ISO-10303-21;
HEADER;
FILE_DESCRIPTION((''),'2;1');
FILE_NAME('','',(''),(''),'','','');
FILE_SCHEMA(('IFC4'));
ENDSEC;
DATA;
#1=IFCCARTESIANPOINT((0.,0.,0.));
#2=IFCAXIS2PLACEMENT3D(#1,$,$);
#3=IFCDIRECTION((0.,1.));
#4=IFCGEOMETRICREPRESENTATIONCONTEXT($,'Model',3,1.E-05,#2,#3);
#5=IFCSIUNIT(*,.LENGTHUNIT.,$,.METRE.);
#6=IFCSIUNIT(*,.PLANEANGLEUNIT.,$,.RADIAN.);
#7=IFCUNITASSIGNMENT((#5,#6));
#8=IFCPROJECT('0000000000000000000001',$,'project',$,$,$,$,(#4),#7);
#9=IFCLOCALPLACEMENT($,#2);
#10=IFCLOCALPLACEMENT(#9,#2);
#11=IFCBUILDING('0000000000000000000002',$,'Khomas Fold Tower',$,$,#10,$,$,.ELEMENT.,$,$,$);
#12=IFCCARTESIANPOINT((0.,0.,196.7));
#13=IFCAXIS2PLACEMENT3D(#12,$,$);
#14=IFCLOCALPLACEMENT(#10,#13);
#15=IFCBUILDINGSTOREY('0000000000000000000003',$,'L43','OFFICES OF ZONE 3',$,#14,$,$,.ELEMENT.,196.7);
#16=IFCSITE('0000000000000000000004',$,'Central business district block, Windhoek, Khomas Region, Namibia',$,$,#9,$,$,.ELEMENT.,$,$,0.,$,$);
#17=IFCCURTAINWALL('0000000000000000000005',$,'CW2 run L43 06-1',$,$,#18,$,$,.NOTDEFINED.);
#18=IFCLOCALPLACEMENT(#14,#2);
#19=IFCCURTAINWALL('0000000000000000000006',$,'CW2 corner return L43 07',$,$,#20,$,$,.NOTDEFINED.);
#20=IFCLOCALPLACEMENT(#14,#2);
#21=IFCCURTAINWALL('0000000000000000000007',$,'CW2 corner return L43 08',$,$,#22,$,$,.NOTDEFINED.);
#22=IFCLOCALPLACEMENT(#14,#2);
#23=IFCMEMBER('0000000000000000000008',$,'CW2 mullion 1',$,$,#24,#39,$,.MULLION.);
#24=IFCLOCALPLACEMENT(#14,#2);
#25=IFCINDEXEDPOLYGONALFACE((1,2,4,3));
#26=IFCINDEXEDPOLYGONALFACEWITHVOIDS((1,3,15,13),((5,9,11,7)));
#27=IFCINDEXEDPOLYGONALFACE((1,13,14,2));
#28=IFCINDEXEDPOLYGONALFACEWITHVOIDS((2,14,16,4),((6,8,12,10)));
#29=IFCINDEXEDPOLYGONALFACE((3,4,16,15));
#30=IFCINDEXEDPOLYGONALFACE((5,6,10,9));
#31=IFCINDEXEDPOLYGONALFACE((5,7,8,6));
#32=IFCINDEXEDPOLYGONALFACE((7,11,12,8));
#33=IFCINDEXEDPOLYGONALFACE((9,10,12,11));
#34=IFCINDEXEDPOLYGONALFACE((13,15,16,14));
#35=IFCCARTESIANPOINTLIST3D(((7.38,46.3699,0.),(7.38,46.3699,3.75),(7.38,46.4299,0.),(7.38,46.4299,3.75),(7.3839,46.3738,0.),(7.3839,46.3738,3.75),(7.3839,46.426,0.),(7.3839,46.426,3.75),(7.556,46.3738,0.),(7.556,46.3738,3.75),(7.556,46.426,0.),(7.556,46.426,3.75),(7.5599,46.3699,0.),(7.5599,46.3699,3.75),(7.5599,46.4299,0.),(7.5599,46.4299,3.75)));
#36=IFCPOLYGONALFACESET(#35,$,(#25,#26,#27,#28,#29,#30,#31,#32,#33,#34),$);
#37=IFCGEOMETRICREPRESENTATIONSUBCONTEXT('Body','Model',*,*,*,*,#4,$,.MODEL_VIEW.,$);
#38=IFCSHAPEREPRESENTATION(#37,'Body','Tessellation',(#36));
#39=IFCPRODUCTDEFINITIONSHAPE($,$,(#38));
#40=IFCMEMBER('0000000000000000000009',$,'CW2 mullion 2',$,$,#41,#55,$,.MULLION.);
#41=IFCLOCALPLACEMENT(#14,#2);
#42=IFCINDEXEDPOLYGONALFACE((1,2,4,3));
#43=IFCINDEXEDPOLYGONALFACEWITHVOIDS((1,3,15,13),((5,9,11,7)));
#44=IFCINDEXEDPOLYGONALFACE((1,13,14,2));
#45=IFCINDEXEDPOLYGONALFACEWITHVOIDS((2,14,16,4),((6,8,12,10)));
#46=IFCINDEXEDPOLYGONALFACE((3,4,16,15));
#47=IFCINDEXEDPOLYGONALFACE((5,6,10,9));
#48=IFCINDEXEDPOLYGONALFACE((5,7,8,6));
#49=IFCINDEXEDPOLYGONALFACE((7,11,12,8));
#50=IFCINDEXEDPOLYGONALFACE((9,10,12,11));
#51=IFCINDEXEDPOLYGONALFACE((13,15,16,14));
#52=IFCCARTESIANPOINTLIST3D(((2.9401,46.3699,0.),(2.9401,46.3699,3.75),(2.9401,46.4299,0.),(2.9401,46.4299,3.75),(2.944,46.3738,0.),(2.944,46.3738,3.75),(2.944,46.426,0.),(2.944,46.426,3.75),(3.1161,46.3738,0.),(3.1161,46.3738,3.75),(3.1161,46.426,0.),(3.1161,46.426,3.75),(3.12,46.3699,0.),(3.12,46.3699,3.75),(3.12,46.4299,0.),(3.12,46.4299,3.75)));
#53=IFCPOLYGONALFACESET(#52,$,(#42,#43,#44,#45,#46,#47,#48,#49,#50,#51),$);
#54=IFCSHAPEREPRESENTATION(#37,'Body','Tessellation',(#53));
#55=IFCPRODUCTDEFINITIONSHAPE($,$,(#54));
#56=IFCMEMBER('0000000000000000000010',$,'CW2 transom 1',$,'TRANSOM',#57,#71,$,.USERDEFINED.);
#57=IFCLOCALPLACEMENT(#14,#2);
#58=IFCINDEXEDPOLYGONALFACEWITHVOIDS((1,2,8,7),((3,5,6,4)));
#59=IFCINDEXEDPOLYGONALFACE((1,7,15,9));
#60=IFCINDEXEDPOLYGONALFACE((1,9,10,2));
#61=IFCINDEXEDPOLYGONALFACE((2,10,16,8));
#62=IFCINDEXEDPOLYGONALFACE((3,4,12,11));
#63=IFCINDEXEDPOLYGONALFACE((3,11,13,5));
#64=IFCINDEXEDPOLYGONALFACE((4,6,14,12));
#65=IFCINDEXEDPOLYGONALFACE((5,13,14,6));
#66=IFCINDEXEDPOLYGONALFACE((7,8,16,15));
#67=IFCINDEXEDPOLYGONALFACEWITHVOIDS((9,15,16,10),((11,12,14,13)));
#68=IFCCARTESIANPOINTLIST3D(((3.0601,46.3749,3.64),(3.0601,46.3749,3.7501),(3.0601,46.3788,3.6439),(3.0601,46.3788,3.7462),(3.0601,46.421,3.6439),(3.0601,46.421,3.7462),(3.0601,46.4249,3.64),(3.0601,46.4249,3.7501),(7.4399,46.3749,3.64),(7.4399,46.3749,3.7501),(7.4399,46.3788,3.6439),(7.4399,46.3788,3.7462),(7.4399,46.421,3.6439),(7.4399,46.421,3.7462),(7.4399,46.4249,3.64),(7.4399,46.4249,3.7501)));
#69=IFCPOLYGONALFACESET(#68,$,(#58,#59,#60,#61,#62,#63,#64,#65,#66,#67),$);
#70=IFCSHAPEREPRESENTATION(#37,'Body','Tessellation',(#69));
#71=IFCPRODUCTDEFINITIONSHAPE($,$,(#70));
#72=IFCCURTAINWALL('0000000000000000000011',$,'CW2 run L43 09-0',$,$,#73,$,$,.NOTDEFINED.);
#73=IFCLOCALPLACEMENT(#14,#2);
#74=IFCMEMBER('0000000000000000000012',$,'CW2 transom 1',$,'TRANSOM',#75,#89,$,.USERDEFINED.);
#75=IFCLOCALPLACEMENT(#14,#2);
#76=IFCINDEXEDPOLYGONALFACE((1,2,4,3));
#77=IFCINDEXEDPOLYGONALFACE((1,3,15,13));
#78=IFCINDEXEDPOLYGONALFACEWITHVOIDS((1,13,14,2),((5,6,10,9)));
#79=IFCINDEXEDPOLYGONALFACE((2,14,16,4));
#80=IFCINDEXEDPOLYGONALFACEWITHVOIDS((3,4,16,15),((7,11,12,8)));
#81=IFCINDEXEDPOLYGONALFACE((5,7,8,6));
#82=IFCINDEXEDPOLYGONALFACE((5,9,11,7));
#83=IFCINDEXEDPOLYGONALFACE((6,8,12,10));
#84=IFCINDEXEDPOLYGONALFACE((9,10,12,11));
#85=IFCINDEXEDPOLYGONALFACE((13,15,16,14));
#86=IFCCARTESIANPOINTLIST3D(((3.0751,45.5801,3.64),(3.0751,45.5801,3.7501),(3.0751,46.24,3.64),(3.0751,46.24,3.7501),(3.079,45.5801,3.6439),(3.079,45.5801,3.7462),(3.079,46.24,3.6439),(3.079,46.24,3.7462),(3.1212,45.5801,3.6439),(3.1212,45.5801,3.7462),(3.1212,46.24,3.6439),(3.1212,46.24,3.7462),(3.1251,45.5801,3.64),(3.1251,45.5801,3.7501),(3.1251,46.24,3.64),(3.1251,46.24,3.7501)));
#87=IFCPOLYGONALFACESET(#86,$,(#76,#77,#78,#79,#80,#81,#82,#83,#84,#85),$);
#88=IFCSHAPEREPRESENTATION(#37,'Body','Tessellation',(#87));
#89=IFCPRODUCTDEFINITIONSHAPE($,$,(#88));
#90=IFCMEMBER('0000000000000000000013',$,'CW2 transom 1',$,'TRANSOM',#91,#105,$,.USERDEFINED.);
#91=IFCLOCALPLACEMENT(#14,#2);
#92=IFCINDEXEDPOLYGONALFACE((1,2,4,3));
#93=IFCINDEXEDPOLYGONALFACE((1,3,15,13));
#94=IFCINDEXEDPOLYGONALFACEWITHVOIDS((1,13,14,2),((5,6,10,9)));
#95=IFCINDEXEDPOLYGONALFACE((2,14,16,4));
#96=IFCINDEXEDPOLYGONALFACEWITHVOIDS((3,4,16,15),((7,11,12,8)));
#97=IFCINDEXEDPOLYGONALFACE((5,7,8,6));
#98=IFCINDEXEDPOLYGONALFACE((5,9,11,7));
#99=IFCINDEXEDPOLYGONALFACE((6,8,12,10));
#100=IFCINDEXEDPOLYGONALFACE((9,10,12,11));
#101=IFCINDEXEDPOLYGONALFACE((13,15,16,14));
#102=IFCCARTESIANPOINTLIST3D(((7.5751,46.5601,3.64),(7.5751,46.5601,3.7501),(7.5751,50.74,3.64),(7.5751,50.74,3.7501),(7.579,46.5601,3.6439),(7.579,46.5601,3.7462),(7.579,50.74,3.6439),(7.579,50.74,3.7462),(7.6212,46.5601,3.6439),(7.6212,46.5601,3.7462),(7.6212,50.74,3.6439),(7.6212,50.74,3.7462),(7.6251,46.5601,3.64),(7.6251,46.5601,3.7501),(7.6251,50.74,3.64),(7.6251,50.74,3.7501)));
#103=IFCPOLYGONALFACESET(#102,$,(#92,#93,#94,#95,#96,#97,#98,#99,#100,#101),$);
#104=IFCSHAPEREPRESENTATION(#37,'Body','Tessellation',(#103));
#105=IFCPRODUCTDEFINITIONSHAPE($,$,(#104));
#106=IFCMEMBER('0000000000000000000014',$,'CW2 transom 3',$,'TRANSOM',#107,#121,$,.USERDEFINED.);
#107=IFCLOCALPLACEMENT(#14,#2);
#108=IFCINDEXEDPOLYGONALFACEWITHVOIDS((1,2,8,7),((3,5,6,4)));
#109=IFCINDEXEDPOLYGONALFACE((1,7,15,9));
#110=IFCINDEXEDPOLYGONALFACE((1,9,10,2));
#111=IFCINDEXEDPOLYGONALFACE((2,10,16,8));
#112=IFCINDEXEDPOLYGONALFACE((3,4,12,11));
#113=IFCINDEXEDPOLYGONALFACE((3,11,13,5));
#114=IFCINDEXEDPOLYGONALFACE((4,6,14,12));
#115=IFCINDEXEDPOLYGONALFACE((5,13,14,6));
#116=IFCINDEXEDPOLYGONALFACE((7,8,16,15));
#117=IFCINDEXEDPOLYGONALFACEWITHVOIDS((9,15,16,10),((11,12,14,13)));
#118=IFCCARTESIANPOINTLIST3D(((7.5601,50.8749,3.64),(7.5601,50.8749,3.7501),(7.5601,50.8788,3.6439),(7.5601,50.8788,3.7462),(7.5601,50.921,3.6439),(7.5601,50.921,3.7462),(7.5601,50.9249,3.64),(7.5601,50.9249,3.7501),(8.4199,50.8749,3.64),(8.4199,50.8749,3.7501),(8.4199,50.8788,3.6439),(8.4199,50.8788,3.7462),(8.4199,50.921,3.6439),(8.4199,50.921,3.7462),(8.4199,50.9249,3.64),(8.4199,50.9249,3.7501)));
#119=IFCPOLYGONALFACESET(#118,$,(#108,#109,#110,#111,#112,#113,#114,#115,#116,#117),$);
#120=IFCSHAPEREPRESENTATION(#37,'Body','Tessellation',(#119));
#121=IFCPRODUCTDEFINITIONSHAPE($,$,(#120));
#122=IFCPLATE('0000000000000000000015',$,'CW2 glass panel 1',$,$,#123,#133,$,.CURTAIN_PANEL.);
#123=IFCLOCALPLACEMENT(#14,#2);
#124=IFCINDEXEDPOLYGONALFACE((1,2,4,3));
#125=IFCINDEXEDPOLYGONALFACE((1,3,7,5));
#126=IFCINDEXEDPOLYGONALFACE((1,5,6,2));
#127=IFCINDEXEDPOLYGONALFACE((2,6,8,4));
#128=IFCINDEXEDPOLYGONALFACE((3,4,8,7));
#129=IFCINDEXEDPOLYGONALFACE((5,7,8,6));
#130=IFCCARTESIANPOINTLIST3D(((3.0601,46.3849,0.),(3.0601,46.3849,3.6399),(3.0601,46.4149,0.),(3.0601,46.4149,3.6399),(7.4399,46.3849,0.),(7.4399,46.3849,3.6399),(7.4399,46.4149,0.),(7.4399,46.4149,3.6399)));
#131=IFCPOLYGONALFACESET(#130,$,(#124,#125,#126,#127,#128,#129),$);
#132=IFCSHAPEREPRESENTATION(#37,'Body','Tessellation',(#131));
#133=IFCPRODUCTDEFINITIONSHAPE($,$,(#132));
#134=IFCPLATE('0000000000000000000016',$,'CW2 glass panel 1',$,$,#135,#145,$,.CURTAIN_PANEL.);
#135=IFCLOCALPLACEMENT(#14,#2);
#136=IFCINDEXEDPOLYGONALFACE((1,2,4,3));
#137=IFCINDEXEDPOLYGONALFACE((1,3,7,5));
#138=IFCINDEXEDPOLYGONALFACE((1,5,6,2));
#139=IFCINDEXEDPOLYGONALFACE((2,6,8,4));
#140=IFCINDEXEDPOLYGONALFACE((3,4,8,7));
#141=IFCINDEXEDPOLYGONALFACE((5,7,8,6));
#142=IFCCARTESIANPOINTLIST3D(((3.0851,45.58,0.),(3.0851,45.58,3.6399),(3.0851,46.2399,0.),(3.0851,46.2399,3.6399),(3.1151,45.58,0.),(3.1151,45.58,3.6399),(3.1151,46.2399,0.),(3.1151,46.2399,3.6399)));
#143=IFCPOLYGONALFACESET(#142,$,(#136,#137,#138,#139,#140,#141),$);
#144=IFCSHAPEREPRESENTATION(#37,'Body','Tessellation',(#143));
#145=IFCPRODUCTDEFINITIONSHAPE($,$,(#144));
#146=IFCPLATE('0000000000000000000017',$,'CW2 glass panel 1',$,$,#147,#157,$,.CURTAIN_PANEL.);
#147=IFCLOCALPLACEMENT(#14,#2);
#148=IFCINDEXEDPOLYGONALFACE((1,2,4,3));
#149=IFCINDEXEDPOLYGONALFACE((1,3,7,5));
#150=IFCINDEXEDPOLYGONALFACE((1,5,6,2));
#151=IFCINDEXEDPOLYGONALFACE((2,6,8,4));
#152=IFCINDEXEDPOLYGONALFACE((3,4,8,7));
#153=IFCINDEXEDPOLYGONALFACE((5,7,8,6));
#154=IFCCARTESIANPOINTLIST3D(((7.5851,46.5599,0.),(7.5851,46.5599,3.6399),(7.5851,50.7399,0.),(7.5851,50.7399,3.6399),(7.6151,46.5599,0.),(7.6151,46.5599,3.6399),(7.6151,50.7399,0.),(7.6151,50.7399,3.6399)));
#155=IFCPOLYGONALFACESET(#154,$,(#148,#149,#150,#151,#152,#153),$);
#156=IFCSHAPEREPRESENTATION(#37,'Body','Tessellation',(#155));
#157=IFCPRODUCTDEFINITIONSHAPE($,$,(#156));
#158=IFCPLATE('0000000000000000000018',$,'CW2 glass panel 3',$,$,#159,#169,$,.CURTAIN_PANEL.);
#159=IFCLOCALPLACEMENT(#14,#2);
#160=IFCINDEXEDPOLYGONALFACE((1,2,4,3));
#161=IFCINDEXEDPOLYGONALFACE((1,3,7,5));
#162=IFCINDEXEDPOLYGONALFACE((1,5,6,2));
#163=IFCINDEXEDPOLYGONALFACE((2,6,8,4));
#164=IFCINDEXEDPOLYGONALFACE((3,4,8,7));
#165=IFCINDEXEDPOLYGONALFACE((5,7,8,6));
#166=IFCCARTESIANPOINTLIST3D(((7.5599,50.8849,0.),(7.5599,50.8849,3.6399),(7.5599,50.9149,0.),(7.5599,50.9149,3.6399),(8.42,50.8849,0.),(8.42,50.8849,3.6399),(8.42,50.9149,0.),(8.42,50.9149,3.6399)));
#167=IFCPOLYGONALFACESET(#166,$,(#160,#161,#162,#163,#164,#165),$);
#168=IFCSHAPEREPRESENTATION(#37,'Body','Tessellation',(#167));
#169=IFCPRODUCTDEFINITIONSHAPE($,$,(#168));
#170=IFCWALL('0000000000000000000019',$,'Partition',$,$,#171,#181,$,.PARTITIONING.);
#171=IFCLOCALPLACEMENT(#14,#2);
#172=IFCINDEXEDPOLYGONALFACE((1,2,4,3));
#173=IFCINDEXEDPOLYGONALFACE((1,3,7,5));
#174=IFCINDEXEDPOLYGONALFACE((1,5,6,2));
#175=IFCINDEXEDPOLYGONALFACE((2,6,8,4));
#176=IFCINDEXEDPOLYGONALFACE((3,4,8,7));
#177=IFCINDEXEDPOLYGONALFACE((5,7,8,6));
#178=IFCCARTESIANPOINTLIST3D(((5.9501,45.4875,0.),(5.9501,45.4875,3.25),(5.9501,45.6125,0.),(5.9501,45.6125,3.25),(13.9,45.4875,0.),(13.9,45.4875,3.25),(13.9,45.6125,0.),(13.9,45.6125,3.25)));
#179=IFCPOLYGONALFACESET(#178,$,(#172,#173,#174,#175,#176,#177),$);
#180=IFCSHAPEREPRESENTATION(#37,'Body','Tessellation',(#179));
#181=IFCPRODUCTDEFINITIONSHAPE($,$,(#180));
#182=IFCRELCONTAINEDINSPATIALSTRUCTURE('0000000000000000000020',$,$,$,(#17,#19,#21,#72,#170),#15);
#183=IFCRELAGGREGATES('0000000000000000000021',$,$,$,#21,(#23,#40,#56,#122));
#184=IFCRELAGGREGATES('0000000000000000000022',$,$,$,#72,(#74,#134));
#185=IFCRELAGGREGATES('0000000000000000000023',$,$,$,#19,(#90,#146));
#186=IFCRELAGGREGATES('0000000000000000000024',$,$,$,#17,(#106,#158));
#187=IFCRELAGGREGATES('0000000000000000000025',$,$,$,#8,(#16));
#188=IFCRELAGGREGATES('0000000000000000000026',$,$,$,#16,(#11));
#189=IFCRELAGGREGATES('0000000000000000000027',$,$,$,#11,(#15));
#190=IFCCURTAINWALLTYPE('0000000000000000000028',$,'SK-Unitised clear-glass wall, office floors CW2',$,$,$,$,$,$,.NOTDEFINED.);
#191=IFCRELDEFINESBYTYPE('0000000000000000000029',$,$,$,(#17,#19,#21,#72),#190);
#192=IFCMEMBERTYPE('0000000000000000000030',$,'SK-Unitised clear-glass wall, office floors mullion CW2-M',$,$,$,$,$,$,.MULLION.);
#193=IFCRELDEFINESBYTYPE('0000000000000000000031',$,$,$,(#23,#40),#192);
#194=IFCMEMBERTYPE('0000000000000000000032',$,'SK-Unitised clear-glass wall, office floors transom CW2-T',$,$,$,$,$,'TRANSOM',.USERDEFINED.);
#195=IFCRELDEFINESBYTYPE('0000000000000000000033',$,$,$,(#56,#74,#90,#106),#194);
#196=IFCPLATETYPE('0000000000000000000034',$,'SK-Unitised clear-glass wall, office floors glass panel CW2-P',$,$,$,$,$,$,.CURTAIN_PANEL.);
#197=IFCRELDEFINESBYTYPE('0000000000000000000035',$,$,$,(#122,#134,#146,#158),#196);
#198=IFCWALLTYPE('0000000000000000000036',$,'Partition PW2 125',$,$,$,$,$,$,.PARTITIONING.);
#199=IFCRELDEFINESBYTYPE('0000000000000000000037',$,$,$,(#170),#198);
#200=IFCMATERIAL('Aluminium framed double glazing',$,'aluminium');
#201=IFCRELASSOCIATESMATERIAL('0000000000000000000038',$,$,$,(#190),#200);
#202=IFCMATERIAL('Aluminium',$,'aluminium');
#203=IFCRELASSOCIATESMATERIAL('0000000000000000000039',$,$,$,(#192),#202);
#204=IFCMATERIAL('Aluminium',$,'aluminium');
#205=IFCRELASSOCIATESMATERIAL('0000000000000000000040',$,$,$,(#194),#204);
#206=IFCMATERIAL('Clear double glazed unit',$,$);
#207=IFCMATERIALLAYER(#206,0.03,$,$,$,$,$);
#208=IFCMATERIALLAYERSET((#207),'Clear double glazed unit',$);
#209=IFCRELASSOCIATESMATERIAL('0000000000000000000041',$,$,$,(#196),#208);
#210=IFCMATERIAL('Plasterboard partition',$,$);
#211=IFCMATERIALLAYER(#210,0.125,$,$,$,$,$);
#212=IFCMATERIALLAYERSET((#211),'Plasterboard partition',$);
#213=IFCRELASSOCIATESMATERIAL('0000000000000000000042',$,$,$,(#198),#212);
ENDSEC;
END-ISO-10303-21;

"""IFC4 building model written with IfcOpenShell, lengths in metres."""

from ifc_helpers import new_model, si_unit, direction, frame, frame_2d, origin, origin_2d, place, context, subcontext, project, spatial, rectangle, hollow_rectangle, extrude, source, transform, mapped, material, layer, layer_set, material_profile, profile_set, type_object, element, aggregate, save


model = new_model("IFC4")

# Units and contexts
model_context = context("Model", 3, precision=1e-05, world=origin(), true_north=direction((0.0, 1.0)))
body_context = subcontext(model_context, "Body", "Model", "MODEL_VIEW")
ifc_project = project(units=[si_unit("LENGTHUNIT", "METRE"), si_unit("PLANEANGLEUNIT", "RADIAN")], contexts=[model_context])

# Site, building, storey
site_placement = place(None, origin())
site = spatial("IfcSite", under=ifc_project, at=site_placement, Name="Central business district block, Windhoek, Khomas Region, Namibia", CompositionType="ELEMENT", RefElevation=0.0)
building_placement = place(site_placement, origin())
building = spatial("IfcBuilding", under=site, at=building_placement, Name="Khomas Fold Tower", CompositionType="ELEMENT")
storey_placement = place(building_placement, frame((0.0, 0.0, 196.7)))
storey = spatial("IfcBuildingStorey", under=building, at=storey_placement, Name="L43", Description="OFFICES OF ZONE 3", CompositionType="ELEMENT", Elevation=196.7)

# Curtain walls, members
ifc_material_1 = material(Name="Aluminium framed double glazing", Category="aluminium")
curtain_wall_type = type_object("IfcCurtainWallType", Name="SK-Unitised clear-glass wall, office floors CW2", PredefinedType="NOTDEFINED", material=ifc_material_1)
curtain_wall_1_placement = place(storey_placement, origin())
curtain_wall_1 = element("IfcCurtainWall", 1, at=curtain_wall_1_placement, inside=storey, type_object=curtain_wall_type, Name="CW2 run L43 06-1", PredefinedType="NOTDEFINED")
ifc_material_2 = material(Name="Aluminium", Category="aluminium")
ifc_material_profile_1 = material_profile(ifc_material_2, hollow_rectangle(XDim=0.0601, YDim=0.1799, WallThickness=0.0039, at=origin_2d()), Name="SK-Unitised clear-glass wall, office floors mullion CW2-M")
ifc_profile_set_1 = profile_set([ifc_material_profile_1], Name="Aluminium")
member_type_1 = type_object("IfcMemberType", Name="SK-Unitised clear-glass wall, office floors mullion CW2-M", PredefinedType="MULLION", material=ifc_profile_set_1)
shared_shape_1 = source(origin(), body_context, "Body", "SweptSolid", [
    extrude(hollow_rectangle(XDim=0.0601, YDim=0.1799, WallThickness=0.0039, at=origin_2d()), origin(), (0.0, 0.0, 1.0), 3.75),
])
curtain_wall_2_placement = place(storey_placement, origin())
curtain_wall_2 = element("IfcCurtainWall", 2, at=curtain_wall_2_placement, inside=storey, type_object=curtain_wall_type, Name="CW2 corner return L43 07", PredefinedType="NOTDEFINED")
curtain_wall_3_placement = place(storey_placement, origin())
curtain_wall_3 = element("IfcCurtainWall", 3, at=curtain_wall_3_placement, inside=storey, type_object=curtain_wall_type, Name="CW2 corner return L43 08", PredefinedType="NOTDEFINED")
member_1_placement = place(storey_placement, frame((7.47, 46.3999, 0.0), z_axis=(0.0, 0.0, 1.0), x_axis=(0.0, -1.0, 0.0)))
member_1 = element("IfcMember", 4, at=member_1_placement, type_object=member_type_1, Name="CW2 mullion 1", PredefinedType="MULLION", context=body_context, shape_type="MappedRepresentation", body=[
    mapped(shared_shape_1, transform((0.0, 0.0, 0.0))),
])
member_2_placement = place(storey_placement, frame((3.03, 46.3999, 0.0), z_axis=(0.0, 0.0, 1.0), x_axis=(0.0, -1.0, 0.0)))
member_2 = element("IfcMember", 5, at=member_2_placement, type_object=member_type_1, Name="CW2 mullion 2", PredefinedType="MULLION", context=body_context, shape_type="MappedRepresentation", body=[
    mapped(shared_shape_1, transform((0.0, 0.0, 0.0))),
])
ifc_material_3 = material(Name="Aluminium", Category="aluminium")
ifc_material_profile_2 = material_profile(ifc_material_3, hollow_rectangle(XDim=0.05, YDim=0.1101, WallThickness=0.0039, at=origin_2d()), Name="SK-Unitised clear-glass wall, office floors transom CW2-T")
ifc_profile_set_2 = profile_set([ifc_material_profile_2], Name="Aluminium")
member_type_2 = type_object("IfcMemberType", Name="SK-Unitised clear-glass wall, office floors transom CW2-T", ElementType="TRANSOM", PredefinedType="USERDEFINED", material=ifc_profile_set_2)
shared_shape_2 = source(origin(), body_context, "Body", "SweptSolid", [
    extrude(hollow_rectangle(XDim=0.05, YDim=0.1101, WallThickness=0.0039, at=origin_2d()), origin(), (0.0, 0.0, 1.0), 4.3799),
])
member_3_placement = place(storey_placement, frame((7.4399, 46.3999, 3.6951), z_axis=(-1.0, 0.0, 0.0), x_axis=(0.0, -1.0, 0.0)))
member_3 = element("IfcMember", 6, at=member_3_placement, type_object=member_type_2, Name="CW2 transom 1", ObjectType="TRANSOM", PredefinedType="USERDEFINED", context=body_context, shape_type="MappedRepresentation", body=[
    mapped(shared_shape_2, transform((0.0, 0.0, 0.0))),
])

# Curtain wall, member
curtain_wall_4_placement = place(storey_placement, origin())
curtain_wall_4 = element("IfcCurtainWall", 7, at=curtain_wall_4_placement, inside=storey, type_object=curtain_wall_type, Name="CW2 run L43 09-0", PredefinedType="NOTDEFINED")
shared_shape_3 = source(origin(), body_context, "Body", "SweptSolid", [
    extrude(hollow_rectangle(XDim=0.05, YDim=0.1101, WallThickness=0.0039, at=origin_2d()), origin(), (0.0, 0.0, 1.0), 0.6599),
])
member_4_placement = place(storey_placement, frame((3.1001, 46.24, 3.6951), z_axis=(0.0, -1.0, 0.0), x_axis=(1.0, 0.0, 0.0)))
member_4 = element("IfcMember", 8, at=member_4_placement, type_object=member_type_2, Name="CW2 transom 1", ObjectType="TRANSOM", PredefinedType="USERDEFINED", context=body_context, shape_type="MappedRepresentation", body=[
    mapped(shared_shape_3, transform((0.0, 0.0, 0.0))),
])

# Members
shared_shape_4 = source(origin(), body_context, "Body", "SweptSolid", [
    extrude(hollow_rectangle(XDim=0.05, YDim=0.1101, WallThickness=0.0039, at=origin_2d()), origin(), (0.0, 0.0, 1.0), 4.1799),
])
member_5_placement = place(storey_placement, frame((7.6001, 50.74, 3.6951), z_axis=(0.0, -1.0, 0.0), x_axis=(1.0, 0.0, 0.0)))
member_5 = element("IfcMember", 9, at=member_5_placement, type_object=member_type_2, Name="CW2 transom 1", ObjectType="TRANSOM", PredefinedType="USERDEFINED", context=body_context, shape_type="MappedRepresentation", body=[
    mapped(shared_shape_4, transform((0.0, 0.0, 0.0))),
])
shared_shape_5 = source(origin(), body_context, "Body", "SweptSolid", [
    extrude(hollow_rectangle(XDim=0.05, YDim=0.1101, WallThickness=0.0039, at=origin_2d()), origin(), (0.0, 0.0, 1.0), 0.8599),
])
member_6_placement = place(storey_placement, frame((8.4199, 50.8999, 3.6951), z_axis=(-1.0, 0.0, 0.0), x_axis=(0.0, -1.0, 0.0)))
member_6 = element("IfcMember", 10, at=member_6_placement, type_object=member_type_2, Name="CW2 transom 3", ObjectType="TRANSOM", PredefinedType="USERDEFINED", context=body_context, shape_type="MappedRepresentation", body=[
    mapped(shared_shape_5, transform((0.0, 0.0, 0.0))),
])

# Plates
ifc_material_4 = material(Name="Clear double glazed unit")
ifc_layer_1 = layer(ifc_material_4, 0.03)
ifc_layer_set_1 = layer_set([ifc_layer_1], Name="Clear double glazed unit")
plate_type = type_object("IfcPlateType", Name="SK-Unitised clear-glass wall, office floors glass panel CW2-P", PredefinedType="CURTAIN_PANEL", material=ifc_layer_set_1)
shared_shape_6 = source(origin(), body_context, "Body", "SweptSolid", [
    extrude(rectangle(XDim=4.3799, YDim=0.03, at=origin_2d()), origin(), (0.0, 0.0, 1.0), 3.6399),
])
plate_1_placement = place(storey_placement, frame((5.25, 46.3999, 0.0), z_axis=(0.0, 0.0, 1.0), x_axis=(-1.0, 0.0, 0.0)))
plate_1 = element("IfcPlate", 11, at=plate_1_placement, type_object=plate_type, Name="CW2 glass panel 1", PredefinedType="CURTAIN_PANEL", context=body_context, shape_type="MappedRepresentation", body=[
    mapped(shared_shape_6, transform((0.0, 0.0, 0.0))),
])
aggregate(curtain_wall_3, [member_1, member_2, member_3, plate_1])
shared_shape_7 = source(origin(), body_context, "Body", "SweptSolid", [
    extrude(rectangle(XDim=0.6599, YDim=0.03, at=origin_2d()), origin(), (0.0, 0.0, 1.0), 3.6399),
])
plate_2_placement = place(storey_placement, frame((3.1001, 45.9099, 0.0), z_axis=(0.0, 0.0, 1.0), x_axis=(0.0, -1.0, 0.0)))
plate_2 = element("IfcPlate", 12, at=plate_2_placement, type_object=plate_type, Name="CW2 glass panel 1", PredefinedType="CURTAIN_PANEL", context=body_context, shape_type="MappedRepresentation", body=[
    mapped(shared_shape_7, transform((0.0, 0.0, 0.0))),
])
aggregate(curtain_wall_4, [member_4, plate_2])
shared_shape_8 = source(origin(), body_context, "Body", "SweptSolid", [
    extrude(rectangle(XDim=4.1799, YDim=0.03, at=origin_2d()), origin(), (0.0, 0.0, 1.0), 3.6399),
])
plate_3_placement = place(storey_placement, frame((7.6001, 48.6499, 0.0), z_axis=(0.0, 0.0, 1.0), x_axis=(0.0, -1.0, 0.0)))
plate_3 = element("IfcPlate", 13, at=plate_3_placement, type_object=plate_type, Name="CW2 glass panel 1", PredefinedType="CURTAIN_PANEL", context=body_context, shape_type="MappedRepresentation", body=[
    mapped(shared_shape_8, transform((0.0, 0.0, 0.0))),
])
aggregate(curtain_wall_2, [member_5, plate_3])
shared_shape_9 = source(origin(), body_context, "Body", "SweptSolid", [
    extrude(rectangle(XDim=0.8601, YDim=0.03, at=origin_2d()), origin(), (0.0, 0.0, 1.0), 3.6399),
])
plate_4_placement = place(storey_placement, frame((7.99, 50.8999, 0.0), z_axis=(0.0, 0.0, 1.0), x_axis=(-1.0, 0.0, 0.0)))
plate_4 = element("IfcPlate", 14, at=plate_4_placement, type_object=plate_type, Name="CW2 glass panel 3", PredefinedType="CURTAIN_PANEL", context=body_context, shape_type="MappedRepresentation", body=[
    mapped(shared_shape_9, transform((0.0, 0.0, 0.0))),
])
aggregate(curtain_wall_1, [member_6, plate_4])

# Wall
ifc_material_5 = material(Name="Plasterboard partition")
ifc_layer_2 = layer(ifc_material_5, 0.125)
ifc_layer_set_2 = layer_set([ifc_layer_2], Name="Plasterboard partition")
wall_type = type_object("IfcWallType", Name="Partition PW2 125", PredefinedType="PARTITIONING", material=ifc_layer_set_2)
shared_shape_10 = source(origin(), body_context, "Body", "SweptSolid", [
    extrude(rectangle(XDim=7.95, YDim=0.125, at=frame_2d((3.9751, 0.0))), origin(), (0.0, 0.0, 1.0), 3.25),
])
wall_1_placement = place(storey_placement, frame((5.95, 45.55, 0.0), z_axis=(0.0, 0.0, 1.0), x_axis=(1.0, 0.0, 0.0)))
element("IfcWall", 15, at=wall_1_placement, inside=storey, type_object=wall_type, Name="Partition", PredefinedType="PARTITIONING", context=body_context, shape_type="MappedRepresentation", body=[
    mapped(shared_shape_10, transform((0.0, 0.0, 0.0))),
])

save(model, "model.ifc")
